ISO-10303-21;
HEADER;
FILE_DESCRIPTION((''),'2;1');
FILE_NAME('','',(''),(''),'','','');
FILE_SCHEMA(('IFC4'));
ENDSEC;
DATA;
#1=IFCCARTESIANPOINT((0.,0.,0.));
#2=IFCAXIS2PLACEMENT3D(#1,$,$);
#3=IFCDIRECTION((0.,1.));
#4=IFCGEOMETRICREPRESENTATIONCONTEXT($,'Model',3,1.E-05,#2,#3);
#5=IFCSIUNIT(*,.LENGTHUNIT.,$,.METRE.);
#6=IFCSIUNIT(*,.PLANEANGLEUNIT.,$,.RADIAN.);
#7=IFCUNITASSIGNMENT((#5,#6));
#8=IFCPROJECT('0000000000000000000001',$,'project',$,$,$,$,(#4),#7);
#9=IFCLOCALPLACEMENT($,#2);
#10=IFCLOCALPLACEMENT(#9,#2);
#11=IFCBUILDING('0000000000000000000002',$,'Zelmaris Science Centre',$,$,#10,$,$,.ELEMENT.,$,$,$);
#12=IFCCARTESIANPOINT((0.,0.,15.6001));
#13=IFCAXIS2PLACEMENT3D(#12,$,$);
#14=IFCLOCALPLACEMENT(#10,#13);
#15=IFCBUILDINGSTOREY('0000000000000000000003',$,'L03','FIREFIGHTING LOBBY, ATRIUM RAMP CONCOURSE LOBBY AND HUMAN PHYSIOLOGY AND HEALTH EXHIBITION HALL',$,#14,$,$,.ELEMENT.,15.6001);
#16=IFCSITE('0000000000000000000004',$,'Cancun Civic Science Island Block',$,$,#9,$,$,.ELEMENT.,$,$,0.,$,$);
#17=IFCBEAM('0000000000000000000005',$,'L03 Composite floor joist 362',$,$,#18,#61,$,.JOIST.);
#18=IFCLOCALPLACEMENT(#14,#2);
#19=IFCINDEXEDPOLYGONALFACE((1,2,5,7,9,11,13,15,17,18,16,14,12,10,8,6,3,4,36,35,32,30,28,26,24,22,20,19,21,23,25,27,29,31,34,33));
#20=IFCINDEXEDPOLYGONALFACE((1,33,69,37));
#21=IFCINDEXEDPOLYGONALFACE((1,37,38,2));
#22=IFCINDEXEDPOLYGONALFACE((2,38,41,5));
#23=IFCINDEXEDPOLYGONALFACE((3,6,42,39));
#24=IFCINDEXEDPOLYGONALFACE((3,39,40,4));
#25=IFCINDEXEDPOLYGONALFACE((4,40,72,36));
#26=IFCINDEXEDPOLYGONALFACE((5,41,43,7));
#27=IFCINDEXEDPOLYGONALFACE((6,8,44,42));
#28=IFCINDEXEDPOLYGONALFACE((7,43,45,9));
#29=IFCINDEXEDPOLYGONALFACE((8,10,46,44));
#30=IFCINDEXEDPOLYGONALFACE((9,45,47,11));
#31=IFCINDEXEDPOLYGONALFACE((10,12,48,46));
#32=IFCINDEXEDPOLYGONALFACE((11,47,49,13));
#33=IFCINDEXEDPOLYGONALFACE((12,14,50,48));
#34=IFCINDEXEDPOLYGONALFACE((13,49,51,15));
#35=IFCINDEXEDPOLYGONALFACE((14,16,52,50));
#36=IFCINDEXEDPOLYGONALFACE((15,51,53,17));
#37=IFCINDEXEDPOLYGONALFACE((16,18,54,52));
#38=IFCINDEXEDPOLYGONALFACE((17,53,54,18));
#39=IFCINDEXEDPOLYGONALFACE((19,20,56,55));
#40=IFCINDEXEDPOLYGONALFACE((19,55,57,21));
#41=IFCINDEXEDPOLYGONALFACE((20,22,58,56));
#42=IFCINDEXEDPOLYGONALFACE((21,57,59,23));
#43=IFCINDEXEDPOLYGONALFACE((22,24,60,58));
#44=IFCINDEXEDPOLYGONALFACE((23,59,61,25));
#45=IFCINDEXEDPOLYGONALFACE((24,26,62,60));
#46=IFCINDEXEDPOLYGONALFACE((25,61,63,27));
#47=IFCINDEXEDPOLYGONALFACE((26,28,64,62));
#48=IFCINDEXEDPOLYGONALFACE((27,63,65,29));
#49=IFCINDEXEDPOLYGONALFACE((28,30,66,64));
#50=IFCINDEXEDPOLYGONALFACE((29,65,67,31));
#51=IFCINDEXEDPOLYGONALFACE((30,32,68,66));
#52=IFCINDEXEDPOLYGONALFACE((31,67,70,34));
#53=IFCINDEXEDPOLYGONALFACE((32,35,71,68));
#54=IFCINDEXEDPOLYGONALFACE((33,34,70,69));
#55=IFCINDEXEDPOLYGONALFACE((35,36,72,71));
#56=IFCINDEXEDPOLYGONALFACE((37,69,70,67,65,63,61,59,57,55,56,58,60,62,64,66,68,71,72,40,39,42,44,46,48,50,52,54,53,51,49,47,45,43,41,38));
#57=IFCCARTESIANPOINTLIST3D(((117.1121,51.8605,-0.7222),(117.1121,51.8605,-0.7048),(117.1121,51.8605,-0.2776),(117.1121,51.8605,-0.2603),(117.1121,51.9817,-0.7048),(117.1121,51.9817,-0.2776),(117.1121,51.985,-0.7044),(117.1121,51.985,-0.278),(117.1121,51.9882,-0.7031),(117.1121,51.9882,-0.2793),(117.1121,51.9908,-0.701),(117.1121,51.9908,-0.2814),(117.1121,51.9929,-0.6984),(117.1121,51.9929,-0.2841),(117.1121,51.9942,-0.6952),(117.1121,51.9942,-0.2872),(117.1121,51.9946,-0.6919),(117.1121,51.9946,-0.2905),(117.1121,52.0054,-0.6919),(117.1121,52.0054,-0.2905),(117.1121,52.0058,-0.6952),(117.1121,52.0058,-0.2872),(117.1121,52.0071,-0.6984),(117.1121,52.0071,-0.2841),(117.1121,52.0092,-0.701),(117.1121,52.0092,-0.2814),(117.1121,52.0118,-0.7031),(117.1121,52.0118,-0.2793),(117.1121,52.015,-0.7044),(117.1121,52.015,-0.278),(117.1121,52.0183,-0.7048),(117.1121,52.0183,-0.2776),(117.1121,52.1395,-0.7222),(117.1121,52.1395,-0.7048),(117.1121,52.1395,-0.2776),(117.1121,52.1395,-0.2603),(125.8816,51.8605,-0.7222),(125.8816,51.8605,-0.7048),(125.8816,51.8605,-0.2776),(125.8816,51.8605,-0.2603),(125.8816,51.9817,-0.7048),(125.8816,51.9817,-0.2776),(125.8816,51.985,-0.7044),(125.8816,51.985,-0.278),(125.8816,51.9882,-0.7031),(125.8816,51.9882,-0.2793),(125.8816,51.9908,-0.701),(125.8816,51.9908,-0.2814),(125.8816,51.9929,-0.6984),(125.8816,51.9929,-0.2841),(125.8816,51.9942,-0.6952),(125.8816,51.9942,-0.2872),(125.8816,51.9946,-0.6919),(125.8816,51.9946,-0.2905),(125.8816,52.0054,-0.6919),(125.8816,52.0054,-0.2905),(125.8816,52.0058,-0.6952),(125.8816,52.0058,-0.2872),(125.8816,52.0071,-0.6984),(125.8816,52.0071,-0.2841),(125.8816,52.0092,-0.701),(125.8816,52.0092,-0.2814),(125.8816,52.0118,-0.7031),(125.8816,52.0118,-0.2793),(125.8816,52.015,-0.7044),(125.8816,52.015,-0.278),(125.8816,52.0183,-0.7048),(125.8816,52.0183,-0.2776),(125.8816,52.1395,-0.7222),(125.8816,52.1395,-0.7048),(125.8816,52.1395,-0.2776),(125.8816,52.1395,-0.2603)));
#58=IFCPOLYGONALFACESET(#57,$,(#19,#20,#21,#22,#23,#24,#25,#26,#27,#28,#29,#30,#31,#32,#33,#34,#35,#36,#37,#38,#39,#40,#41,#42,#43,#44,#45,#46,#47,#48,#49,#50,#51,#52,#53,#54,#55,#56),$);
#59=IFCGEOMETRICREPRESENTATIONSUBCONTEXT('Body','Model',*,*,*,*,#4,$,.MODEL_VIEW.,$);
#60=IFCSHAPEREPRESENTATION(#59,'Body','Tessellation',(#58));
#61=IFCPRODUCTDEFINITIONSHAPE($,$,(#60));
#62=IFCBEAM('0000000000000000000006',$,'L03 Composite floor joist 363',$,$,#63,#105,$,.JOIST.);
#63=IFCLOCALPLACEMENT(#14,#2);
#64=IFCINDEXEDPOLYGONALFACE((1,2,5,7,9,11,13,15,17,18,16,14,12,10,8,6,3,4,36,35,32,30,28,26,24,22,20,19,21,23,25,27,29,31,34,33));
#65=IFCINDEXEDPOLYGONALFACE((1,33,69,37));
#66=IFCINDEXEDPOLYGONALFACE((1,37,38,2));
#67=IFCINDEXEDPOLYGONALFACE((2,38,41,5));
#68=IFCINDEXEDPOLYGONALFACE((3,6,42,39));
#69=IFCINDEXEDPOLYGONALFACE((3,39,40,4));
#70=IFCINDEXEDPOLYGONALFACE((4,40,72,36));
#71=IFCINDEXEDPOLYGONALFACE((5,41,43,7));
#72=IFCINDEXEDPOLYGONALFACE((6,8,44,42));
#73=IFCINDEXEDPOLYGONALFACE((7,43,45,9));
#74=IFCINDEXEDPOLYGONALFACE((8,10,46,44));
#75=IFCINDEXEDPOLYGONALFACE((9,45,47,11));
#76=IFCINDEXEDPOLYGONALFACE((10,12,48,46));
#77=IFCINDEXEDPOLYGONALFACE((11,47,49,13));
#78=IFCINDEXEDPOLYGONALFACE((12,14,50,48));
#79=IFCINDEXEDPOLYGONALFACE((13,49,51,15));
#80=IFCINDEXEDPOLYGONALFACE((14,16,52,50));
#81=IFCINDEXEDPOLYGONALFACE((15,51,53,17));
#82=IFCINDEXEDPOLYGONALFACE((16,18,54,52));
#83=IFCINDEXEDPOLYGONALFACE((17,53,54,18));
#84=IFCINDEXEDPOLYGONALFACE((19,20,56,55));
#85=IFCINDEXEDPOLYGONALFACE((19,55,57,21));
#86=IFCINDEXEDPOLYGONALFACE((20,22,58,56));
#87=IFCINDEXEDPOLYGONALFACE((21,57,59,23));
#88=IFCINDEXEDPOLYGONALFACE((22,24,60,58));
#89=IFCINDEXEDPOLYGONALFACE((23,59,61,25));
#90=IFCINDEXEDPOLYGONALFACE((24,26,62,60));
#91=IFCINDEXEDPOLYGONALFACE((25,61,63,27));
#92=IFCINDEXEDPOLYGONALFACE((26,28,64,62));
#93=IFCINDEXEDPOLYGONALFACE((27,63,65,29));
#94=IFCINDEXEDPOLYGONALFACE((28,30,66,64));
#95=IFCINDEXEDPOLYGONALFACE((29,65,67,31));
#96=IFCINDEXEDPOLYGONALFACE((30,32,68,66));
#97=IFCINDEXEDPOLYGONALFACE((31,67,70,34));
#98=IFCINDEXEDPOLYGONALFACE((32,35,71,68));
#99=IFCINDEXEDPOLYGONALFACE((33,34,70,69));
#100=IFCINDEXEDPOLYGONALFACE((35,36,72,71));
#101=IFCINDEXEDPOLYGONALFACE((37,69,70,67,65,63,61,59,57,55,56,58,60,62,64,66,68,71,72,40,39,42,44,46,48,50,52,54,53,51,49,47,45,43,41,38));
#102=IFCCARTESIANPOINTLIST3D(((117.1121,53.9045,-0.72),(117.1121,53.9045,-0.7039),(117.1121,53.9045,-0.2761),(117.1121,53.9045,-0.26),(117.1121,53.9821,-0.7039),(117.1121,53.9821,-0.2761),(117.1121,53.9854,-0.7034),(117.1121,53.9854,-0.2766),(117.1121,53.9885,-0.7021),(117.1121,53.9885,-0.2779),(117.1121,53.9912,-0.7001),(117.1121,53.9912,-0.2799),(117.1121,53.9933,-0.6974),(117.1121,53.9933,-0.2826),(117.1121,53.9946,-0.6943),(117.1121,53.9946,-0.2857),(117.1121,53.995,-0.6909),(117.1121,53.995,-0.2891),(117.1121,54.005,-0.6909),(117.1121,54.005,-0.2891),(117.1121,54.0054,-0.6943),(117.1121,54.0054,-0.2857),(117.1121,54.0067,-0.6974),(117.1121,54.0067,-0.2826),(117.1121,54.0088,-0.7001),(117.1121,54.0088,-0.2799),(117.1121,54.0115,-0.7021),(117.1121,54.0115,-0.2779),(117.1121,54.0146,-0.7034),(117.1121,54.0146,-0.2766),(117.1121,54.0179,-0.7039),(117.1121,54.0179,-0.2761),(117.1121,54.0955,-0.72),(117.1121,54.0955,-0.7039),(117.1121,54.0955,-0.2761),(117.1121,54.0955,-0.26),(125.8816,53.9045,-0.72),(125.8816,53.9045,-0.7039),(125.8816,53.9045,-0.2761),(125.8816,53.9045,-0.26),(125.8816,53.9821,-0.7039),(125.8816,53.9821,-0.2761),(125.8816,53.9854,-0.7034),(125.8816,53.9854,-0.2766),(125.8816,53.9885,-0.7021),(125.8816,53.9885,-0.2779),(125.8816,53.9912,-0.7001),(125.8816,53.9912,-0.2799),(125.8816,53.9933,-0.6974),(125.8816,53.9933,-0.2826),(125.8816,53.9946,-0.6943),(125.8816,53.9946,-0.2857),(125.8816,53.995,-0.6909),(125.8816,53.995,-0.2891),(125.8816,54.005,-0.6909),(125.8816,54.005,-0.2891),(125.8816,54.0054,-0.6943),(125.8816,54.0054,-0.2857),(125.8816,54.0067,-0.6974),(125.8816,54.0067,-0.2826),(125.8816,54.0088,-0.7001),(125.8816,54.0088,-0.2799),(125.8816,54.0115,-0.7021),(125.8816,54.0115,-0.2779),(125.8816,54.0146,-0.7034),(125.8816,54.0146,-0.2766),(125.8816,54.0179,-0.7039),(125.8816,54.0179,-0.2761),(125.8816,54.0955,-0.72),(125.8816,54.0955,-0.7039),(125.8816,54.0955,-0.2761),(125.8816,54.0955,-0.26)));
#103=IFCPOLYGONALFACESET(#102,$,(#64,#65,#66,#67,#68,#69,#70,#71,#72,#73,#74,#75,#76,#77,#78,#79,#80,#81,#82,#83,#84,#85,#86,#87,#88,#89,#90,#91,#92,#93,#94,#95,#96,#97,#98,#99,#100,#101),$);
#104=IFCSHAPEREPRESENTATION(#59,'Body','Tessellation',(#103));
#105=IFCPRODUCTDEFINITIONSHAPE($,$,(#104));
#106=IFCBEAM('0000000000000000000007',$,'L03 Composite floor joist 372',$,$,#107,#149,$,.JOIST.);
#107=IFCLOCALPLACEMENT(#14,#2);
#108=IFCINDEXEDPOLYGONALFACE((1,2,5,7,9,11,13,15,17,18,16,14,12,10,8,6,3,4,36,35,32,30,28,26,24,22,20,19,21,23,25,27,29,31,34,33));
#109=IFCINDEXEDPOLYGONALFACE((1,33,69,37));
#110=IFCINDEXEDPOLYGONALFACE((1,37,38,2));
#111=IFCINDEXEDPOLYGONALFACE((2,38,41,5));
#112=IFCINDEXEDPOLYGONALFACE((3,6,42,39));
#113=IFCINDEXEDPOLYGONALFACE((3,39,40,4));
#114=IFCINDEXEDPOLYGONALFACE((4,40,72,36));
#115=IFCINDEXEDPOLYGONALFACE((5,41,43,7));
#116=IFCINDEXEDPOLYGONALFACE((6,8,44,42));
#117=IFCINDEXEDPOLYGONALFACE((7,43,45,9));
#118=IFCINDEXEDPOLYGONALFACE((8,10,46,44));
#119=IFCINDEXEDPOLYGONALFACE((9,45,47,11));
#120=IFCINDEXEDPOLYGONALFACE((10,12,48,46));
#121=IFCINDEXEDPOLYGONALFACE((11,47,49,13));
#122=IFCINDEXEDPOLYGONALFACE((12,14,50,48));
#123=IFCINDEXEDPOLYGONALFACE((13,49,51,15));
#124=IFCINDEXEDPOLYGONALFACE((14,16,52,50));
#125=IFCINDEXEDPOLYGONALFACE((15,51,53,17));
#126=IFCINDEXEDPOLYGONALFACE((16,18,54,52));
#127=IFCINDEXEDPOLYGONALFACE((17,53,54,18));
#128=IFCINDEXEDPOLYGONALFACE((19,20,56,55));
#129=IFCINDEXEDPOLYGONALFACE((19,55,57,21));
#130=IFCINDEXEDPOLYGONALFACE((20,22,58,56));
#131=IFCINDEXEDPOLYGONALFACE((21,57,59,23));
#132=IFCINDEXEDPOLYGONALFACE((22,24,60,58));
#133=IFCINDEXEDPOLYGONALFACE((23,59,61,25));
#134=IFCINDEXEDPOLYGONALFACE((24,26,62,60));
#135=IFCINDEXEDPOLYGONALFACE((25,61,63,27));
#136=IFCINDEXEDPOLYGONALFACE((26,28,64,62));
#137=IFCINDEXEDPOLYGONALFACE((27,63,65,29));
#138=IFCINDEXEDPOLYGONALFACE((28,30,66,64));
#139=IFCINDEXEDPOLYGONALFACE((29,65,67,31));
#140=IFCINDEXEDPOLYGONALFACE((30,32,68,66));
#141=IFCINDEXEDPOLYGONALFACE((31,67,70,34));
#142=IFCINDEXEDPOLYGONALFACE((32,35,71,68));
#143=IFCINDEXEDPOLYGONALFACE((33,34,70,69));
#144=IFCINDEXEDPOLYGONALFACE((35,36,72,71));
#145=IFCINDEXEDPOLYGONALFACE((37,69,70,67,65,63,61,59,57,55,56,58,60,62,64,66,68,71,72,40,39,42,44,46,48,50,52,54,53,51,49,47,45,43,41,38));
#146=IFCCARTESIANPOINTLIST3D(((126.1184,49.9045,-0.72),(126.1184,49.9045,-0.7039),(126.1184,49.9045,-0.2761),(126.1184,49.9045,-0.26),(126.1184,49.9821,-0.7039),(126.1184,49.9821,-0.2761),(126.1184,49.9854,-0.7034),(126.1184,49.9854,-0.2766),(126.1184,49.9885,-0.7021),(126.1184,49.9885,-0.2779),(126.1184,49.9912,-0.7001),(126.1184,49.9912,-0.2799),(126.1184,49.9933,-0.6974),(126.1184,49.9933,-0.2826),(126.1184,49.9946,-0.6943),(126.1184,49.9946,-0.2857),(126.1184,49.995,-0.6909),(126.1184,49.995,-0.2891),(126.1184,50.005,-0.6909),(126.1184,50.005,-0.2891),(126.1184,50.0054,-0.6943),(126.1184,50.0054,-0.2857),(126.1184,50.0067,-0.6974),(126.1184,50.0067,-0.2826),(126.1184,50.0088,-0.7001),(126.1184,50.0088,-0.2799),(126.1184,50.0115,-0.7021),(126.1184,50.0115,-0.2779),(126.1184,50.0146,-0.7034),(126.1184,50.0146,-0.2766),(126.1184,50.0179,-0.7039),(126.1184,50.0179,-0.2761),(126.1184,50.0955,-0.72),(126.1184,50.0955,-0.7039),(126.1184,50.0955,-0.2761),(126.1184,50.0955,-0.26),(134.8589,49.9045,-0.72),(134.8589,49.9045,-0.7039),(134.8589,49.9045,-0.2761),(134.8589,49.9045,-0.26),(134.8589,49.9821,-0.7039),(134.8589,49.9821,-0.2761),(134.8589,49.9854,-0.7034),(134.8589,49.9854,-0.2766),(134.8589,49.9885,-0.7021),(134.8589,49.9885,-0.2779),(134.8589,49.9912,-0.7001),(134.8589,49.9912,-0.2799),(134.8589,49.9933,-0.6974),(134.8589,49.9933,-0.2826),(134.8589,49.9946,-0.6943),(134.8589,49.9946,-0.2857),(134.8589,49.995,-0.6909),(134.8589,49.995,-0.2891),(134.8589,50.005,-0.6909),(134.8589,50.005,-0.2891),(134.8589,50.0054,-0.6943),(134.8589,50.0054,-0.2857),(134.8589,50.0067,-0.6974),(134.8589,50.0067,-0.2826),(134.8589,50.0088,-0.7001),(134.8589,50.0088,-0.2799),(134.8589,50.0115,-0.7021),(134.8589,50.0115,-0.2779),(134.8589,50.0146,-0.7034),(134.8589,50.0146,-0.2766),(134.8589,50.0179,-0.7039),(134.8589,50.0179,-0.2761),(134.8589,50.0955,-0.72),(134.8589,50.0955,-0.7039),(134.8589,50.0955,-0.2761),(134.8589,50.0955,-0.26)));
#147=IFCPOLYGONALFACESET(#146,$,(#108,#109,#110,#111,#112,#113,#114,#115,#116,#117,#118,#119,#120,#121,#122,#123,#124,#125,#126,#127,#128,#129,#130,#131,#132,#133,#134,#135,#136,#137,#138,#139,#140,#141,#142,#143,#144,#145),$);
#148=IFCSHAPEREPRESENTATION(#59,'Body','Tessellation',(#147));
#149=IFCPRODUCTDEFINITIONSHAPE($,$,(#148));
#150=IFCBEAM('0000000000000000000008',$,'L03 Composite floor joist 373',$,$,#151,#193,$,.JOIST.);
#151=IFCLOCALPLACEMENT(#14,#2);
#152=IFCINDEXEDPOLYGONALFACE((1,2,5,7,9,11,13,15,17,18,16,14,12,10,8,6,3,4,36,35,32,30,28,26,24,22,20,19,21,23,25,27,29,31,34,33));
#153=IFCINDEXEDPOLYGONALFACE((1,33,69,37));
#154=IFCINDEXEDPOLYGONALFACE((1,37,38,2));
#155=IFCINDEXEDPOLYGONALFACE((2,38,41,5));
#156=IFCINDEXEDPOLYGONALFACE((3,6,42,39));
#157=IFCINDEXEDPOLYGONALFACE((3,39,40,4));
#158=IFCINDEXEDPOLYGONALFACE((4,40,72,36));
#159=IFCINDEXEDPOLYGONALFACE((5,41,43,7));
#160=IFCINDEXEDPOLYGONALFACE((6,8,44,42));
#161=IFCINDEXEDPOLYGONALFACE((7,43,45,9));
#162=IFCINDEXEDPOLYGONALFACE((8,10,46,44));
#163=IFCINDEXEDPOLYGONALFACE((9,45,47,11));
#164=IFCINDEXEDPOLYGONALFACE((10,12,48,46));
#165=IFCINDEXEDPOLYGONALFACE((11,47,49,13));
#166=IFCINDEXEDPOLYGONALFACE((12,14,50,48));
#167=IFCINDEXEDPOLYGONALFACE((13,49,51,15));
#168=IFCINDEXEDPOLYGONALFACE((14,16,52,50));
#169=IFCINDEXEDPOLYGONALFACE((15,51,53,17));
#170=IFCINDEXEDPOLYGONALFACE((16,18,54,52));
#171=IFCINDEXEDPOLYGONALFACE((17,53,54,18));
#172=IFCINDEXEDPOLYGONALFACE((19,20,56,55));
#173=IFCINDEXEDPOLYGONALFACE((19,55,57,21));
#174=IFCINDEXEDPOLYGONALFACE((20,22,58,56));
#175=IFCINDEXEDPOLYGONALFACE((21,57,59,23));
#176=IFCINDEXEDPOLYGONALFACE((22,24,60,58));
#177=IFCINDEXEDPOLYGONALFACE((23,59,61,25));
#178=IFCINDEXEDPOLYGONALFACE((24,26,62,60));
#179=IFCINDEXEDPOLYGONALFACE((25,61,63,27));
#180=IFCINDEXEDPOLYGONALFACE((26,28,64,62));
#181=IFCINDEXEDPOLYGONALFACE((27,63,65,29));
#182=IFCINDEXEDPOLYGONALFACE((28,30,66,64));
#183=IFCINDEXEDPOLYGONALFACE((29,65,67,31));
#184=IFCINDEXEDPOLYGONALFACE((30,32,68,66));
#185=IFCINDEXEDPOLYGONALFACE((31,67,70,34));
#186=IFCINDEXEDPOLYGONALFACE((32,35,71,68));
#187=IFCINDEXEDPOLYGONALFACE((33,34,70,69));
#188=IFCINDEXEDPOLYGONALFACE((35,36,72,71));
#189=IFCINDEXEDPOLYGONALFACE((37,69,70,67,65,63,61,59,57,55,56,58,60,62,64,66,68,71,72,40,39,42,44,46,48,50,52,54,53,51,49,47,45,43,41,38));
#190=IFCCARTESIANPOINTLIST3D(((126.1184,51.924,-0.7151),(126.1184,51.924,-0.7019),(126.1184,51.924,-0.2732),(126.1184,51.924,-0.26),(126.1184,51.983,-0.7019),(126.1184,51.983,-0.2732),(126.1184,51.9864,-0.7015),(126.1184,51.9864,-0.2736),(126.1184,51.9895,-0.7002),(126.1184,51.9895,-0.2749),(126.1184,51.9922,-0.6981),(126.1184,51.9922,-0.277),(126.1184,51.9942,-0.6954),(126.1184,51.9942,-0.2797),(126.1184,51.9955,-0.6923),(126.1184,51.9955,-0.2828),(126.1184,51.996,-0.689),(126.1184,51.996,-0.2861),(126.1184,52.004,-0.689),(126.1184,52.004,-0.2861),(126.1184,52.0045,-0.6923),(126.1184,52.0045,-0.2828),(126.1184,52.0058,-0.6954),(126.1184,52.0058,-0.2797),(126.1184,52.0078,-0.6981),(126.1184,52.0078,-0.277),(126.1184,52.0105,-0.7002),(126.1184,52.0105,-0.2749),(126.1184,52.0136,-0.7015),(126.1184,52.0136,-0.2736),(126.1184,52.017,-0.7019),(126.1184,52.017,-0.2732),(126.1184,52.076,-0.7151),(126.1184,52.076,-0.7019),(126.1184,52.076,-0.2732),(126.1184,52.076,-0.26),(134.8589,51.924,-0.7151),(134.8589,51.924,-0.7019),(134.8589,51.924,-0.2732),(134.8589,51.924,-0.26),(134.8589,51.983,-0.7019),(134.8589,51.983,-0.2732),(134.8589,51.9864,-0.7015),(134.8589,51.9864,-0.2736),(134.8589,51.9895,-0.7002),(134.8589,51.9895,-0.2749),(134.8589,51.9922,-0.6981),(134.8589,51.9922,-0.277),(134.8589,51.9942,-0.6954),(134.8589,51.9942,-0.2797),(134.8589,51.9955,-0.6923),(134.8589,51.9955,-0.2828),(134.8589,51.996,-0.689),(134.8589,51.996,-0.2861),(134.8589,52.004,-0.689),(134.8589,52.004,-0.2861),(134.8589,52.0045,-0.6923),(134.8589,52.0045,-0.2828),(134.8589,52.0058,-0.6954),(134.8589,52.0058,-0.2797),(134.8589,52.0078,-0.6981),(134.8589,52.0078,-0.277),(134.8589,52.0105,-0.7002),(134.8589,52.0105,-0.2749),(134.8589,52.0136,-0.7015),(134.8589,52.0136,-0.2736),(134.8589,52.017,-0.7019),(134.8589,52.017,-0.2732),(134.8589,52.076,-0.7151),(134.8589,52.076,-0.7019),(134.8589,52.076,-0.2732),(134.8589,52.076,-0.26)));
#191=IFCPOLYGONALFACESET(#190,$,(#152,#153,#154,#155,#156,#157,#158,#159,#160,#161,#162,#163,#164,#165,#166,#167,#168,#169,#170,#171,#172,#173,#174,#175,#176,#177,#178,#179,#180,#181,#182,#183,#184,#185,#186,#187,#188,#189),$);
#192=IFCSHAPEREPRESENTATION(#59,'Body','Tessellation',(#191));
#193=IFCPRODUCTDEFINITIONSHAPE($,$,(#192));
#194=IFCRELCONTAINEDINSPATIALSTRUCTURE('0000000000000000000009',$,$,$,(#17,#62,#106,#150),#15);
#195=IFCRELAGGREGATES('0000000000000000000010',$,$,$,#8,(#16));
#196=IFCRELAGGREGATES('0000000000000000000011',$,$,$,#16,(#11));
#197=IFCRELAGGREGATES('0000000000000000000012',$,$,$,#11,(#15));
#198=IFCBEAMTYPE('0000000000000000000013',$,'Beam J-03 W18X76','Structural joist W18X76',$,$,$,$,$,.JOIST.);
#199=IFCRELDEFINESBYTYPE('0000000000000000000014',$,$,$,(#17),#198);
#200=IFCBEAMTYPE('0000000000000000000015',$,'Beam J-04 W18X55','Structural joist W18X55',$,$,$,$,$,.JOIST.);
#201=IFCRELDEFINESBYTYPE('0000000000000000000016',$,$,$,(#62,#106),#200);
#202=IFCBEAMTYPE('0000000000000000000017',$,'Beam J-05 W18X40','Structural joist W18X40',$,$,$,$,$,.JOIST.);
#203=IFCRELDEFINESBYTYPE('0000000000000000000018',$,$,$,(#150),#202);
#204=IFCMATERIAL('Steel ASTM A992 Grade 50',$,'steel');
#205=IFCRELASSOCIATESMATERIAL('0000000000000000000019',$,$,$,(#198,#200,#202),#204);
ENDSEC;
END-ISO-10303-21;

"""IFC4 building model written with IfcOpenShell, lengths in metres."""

from ifc_helpers import new_model, si_unit, direction, frame, origin, origin_2d, place, context, subcontext, project, spatial, i_section, extrude, material, material_profile, profile_set, type_object, element, save


model = new_model("IFC4")

# Units and contexts
model_context = context("Model", 3, precision=1e-05, world=origin(), true_north=direction((0.0, 1.0)))
body_context = subcontext(model_context, "Body", "Model", "MODEL_VIEW")
ifc_project = project(units=[si_unit("LENGTHUNIT", "METRE"), si_unit("PLANEANGLEUNIT", "RADIAN")], contexts=[model_context])

# Site, building, storey
site_placement = place(None, origin())
site = spatial("IfcSite", under=ifc_project, at=site_placement, Name="Cancun Civic Science Island Block", CompositionType="ELEMENT", RefElevation=0.0)
building_placement = place(site_placement, origin())
building = spatial("IfcBuilding", under=site, at=building_placement, Name="Zelmaris Science Centre", CompositionType="ELEMENT")
storey_placement = place(building_placement, frame((0.0, 0.0, 15.6001)))
storey = spatial("IfcBuildingStorey", under=building, at=storey_placement, Name="L03", Description="FIREFIGHTING LOBBY, ATRIUM RAMP CONCOURSE LOBBY AND HUMAN PHYSIOLOGY AND HEALTH EXHIBITION HALL", CompositionType="ELEMENT", Elevation=15.6001)

# Shared definitions
ifc_material_1 = material(Name="Steel ASTM A992 Grade 50", Category="steel")

# Beams
ifc_material_profile_1 = material_profile(ifc_material_1, i_section(OverallWidth=0.2791, OverallDepth=0.4619, WebThickness=0.0107, FlangeThickness=0.0173, FilletRadius=0.0129, at=origin_2d()), Name="W18X76")
ifc_profile_set_1 = profile_set([ifc_material_profile_1], Name="Steel ASTM A992 Grade 50")
beam_type_1 = type_object("IfcBeamType", Name="Beam J-03 W18X76", Description="Structural joist W18X76", PredefinedType="JOIST", material=ifc_profile_set_1)
beam_1_placement = place(storey_placement, frame((117.1121, 52.0, -0.4912), z_axis=(1.0, 0.0, 0.0), x_axis=(0.0, 1.0, 0.0)))
element("IfcBeam", 1, at=beam_1_placement, inside=storey, type_object=beam_type_1, Name="L03 Composite floor joist 362", PredefinedType="JOIST", context=body_context, shape_type="SweptSolid", body=[
    extrude(i_section(OverallWidth=0.2791, OverallDepth=0.4619, WebThickness=0.0107, FlangeThickness=0.0173, FilletRadius=0.0129, at=origin_2d()), origin(), (0.0, 0.0, 1.0), 8.7695),
])
ifc_material_profile_2 = material_profile(ifc_material_1, i_section(OverallWidth=0.1909, OverallDepth=0.46, WebThickness=0.01, FlangeThickness=0.0161, FilletRadius=0.0129, at=origin_2d()), Name="W18X55")
ifc_profile_set_2 = profile_set([ifc_material_profile_2], Name="Steel ASTM A992 Grade 50")
beam_type_2 = type_object("IfcBeamType", Name="Beam J-04 W18X55", Description="Structural joist W18X55", PredefinedType="JOIST", material=ifc_profile_set_2)
beam_2_placement = place(storey_placement, frame((117.1121, 54.0, -0.49), z_axis=(1.0, 0.0, 0.0), x_axis=(0.0, 1.0, 0.0)))
element("IfcBeam", 2, at=beam_2_placement, inside=storey, type_object=beam_type_2, Name="L03 Composite floor joist 363", PredefinedType="JOIST", context=body_context, shape_type="SweptSolid", body=[
    extrude(i_section(OverallWidth=0.1909, OverallDepth=0.46, WebThickness=0.01, FlangeThickness=0.0161, FilletRadius=0.0129, at=origin_2d()), origin(), (0.0, 0.0, 1.0), 8.7695),
])
beam_3_placement = place(storey_placement, frame((126.1184, 50.0, -0.49), z_axis=(1.0, 0.0, 0.0), x_axis=(0.0, 1.0, 0.0)))
element("IfcBeam", 3, at=beam_3_placement, inside=storey, type_object=beam_type_2, Name="L03 Composite floor joist 372", PredefinedType="JOIST", context=body_context, shape_type="SweptSolid", body=[
    extrude(i_section(OverallWidth=0.1909, OverallDepth=0.46, WebThickness=0.01, FlangeThickness=0.0161, FilletRadius=0.0129, at=origin_2d()), origin(), (0.0, 0.0, 1.0), 8.7405),
])
ifc_material_profile_3 = material_profile(ifc_material_1, i_section(OverallWidth=0.1521, OverallDepth=0.4551, WebThickness=0.0081, FlangeThickness=0.0132, FilletRadius=0.0129, at=origin_2d()), Name="W18X40")
ifc_profile_set_3 = profile_set([ifc_material_profile_3], Name="Steel ASTM A992 Grade 50")
beam_type_3 = type_object("IfcBeamType", Name="Beam J-05 W18X40", Description="Structural joist W18X40", PredefinedType="JOIST", material=ifc_profile_set_3)
beam_4_placement = place(storey_placement, frame((126.1184, 52.0, -0.4875), z_axis=(1.0, 0.0, 0.0), x_axis=(0.0, 1.0, 0.0)))
element("IfcBeam", 4, at=beam_4_placement, inside=storey, type_object=beam_type_3, Name="L03 Composite floor joist 373", PredefinedType="JOIST", context=body_context, shape_type="SweptSolid", body=[
    extrude(i_section(OverallWidth=0.1521, OverallDepth=0.4551, WebThickness=0.0081, FlangeThickness=0.0132, FilletRadius=0.0129, at=origin_2d()), origin(), (0.0, 0.0, 1.0), 8.7405),
])

save(model, "model.ifc")
